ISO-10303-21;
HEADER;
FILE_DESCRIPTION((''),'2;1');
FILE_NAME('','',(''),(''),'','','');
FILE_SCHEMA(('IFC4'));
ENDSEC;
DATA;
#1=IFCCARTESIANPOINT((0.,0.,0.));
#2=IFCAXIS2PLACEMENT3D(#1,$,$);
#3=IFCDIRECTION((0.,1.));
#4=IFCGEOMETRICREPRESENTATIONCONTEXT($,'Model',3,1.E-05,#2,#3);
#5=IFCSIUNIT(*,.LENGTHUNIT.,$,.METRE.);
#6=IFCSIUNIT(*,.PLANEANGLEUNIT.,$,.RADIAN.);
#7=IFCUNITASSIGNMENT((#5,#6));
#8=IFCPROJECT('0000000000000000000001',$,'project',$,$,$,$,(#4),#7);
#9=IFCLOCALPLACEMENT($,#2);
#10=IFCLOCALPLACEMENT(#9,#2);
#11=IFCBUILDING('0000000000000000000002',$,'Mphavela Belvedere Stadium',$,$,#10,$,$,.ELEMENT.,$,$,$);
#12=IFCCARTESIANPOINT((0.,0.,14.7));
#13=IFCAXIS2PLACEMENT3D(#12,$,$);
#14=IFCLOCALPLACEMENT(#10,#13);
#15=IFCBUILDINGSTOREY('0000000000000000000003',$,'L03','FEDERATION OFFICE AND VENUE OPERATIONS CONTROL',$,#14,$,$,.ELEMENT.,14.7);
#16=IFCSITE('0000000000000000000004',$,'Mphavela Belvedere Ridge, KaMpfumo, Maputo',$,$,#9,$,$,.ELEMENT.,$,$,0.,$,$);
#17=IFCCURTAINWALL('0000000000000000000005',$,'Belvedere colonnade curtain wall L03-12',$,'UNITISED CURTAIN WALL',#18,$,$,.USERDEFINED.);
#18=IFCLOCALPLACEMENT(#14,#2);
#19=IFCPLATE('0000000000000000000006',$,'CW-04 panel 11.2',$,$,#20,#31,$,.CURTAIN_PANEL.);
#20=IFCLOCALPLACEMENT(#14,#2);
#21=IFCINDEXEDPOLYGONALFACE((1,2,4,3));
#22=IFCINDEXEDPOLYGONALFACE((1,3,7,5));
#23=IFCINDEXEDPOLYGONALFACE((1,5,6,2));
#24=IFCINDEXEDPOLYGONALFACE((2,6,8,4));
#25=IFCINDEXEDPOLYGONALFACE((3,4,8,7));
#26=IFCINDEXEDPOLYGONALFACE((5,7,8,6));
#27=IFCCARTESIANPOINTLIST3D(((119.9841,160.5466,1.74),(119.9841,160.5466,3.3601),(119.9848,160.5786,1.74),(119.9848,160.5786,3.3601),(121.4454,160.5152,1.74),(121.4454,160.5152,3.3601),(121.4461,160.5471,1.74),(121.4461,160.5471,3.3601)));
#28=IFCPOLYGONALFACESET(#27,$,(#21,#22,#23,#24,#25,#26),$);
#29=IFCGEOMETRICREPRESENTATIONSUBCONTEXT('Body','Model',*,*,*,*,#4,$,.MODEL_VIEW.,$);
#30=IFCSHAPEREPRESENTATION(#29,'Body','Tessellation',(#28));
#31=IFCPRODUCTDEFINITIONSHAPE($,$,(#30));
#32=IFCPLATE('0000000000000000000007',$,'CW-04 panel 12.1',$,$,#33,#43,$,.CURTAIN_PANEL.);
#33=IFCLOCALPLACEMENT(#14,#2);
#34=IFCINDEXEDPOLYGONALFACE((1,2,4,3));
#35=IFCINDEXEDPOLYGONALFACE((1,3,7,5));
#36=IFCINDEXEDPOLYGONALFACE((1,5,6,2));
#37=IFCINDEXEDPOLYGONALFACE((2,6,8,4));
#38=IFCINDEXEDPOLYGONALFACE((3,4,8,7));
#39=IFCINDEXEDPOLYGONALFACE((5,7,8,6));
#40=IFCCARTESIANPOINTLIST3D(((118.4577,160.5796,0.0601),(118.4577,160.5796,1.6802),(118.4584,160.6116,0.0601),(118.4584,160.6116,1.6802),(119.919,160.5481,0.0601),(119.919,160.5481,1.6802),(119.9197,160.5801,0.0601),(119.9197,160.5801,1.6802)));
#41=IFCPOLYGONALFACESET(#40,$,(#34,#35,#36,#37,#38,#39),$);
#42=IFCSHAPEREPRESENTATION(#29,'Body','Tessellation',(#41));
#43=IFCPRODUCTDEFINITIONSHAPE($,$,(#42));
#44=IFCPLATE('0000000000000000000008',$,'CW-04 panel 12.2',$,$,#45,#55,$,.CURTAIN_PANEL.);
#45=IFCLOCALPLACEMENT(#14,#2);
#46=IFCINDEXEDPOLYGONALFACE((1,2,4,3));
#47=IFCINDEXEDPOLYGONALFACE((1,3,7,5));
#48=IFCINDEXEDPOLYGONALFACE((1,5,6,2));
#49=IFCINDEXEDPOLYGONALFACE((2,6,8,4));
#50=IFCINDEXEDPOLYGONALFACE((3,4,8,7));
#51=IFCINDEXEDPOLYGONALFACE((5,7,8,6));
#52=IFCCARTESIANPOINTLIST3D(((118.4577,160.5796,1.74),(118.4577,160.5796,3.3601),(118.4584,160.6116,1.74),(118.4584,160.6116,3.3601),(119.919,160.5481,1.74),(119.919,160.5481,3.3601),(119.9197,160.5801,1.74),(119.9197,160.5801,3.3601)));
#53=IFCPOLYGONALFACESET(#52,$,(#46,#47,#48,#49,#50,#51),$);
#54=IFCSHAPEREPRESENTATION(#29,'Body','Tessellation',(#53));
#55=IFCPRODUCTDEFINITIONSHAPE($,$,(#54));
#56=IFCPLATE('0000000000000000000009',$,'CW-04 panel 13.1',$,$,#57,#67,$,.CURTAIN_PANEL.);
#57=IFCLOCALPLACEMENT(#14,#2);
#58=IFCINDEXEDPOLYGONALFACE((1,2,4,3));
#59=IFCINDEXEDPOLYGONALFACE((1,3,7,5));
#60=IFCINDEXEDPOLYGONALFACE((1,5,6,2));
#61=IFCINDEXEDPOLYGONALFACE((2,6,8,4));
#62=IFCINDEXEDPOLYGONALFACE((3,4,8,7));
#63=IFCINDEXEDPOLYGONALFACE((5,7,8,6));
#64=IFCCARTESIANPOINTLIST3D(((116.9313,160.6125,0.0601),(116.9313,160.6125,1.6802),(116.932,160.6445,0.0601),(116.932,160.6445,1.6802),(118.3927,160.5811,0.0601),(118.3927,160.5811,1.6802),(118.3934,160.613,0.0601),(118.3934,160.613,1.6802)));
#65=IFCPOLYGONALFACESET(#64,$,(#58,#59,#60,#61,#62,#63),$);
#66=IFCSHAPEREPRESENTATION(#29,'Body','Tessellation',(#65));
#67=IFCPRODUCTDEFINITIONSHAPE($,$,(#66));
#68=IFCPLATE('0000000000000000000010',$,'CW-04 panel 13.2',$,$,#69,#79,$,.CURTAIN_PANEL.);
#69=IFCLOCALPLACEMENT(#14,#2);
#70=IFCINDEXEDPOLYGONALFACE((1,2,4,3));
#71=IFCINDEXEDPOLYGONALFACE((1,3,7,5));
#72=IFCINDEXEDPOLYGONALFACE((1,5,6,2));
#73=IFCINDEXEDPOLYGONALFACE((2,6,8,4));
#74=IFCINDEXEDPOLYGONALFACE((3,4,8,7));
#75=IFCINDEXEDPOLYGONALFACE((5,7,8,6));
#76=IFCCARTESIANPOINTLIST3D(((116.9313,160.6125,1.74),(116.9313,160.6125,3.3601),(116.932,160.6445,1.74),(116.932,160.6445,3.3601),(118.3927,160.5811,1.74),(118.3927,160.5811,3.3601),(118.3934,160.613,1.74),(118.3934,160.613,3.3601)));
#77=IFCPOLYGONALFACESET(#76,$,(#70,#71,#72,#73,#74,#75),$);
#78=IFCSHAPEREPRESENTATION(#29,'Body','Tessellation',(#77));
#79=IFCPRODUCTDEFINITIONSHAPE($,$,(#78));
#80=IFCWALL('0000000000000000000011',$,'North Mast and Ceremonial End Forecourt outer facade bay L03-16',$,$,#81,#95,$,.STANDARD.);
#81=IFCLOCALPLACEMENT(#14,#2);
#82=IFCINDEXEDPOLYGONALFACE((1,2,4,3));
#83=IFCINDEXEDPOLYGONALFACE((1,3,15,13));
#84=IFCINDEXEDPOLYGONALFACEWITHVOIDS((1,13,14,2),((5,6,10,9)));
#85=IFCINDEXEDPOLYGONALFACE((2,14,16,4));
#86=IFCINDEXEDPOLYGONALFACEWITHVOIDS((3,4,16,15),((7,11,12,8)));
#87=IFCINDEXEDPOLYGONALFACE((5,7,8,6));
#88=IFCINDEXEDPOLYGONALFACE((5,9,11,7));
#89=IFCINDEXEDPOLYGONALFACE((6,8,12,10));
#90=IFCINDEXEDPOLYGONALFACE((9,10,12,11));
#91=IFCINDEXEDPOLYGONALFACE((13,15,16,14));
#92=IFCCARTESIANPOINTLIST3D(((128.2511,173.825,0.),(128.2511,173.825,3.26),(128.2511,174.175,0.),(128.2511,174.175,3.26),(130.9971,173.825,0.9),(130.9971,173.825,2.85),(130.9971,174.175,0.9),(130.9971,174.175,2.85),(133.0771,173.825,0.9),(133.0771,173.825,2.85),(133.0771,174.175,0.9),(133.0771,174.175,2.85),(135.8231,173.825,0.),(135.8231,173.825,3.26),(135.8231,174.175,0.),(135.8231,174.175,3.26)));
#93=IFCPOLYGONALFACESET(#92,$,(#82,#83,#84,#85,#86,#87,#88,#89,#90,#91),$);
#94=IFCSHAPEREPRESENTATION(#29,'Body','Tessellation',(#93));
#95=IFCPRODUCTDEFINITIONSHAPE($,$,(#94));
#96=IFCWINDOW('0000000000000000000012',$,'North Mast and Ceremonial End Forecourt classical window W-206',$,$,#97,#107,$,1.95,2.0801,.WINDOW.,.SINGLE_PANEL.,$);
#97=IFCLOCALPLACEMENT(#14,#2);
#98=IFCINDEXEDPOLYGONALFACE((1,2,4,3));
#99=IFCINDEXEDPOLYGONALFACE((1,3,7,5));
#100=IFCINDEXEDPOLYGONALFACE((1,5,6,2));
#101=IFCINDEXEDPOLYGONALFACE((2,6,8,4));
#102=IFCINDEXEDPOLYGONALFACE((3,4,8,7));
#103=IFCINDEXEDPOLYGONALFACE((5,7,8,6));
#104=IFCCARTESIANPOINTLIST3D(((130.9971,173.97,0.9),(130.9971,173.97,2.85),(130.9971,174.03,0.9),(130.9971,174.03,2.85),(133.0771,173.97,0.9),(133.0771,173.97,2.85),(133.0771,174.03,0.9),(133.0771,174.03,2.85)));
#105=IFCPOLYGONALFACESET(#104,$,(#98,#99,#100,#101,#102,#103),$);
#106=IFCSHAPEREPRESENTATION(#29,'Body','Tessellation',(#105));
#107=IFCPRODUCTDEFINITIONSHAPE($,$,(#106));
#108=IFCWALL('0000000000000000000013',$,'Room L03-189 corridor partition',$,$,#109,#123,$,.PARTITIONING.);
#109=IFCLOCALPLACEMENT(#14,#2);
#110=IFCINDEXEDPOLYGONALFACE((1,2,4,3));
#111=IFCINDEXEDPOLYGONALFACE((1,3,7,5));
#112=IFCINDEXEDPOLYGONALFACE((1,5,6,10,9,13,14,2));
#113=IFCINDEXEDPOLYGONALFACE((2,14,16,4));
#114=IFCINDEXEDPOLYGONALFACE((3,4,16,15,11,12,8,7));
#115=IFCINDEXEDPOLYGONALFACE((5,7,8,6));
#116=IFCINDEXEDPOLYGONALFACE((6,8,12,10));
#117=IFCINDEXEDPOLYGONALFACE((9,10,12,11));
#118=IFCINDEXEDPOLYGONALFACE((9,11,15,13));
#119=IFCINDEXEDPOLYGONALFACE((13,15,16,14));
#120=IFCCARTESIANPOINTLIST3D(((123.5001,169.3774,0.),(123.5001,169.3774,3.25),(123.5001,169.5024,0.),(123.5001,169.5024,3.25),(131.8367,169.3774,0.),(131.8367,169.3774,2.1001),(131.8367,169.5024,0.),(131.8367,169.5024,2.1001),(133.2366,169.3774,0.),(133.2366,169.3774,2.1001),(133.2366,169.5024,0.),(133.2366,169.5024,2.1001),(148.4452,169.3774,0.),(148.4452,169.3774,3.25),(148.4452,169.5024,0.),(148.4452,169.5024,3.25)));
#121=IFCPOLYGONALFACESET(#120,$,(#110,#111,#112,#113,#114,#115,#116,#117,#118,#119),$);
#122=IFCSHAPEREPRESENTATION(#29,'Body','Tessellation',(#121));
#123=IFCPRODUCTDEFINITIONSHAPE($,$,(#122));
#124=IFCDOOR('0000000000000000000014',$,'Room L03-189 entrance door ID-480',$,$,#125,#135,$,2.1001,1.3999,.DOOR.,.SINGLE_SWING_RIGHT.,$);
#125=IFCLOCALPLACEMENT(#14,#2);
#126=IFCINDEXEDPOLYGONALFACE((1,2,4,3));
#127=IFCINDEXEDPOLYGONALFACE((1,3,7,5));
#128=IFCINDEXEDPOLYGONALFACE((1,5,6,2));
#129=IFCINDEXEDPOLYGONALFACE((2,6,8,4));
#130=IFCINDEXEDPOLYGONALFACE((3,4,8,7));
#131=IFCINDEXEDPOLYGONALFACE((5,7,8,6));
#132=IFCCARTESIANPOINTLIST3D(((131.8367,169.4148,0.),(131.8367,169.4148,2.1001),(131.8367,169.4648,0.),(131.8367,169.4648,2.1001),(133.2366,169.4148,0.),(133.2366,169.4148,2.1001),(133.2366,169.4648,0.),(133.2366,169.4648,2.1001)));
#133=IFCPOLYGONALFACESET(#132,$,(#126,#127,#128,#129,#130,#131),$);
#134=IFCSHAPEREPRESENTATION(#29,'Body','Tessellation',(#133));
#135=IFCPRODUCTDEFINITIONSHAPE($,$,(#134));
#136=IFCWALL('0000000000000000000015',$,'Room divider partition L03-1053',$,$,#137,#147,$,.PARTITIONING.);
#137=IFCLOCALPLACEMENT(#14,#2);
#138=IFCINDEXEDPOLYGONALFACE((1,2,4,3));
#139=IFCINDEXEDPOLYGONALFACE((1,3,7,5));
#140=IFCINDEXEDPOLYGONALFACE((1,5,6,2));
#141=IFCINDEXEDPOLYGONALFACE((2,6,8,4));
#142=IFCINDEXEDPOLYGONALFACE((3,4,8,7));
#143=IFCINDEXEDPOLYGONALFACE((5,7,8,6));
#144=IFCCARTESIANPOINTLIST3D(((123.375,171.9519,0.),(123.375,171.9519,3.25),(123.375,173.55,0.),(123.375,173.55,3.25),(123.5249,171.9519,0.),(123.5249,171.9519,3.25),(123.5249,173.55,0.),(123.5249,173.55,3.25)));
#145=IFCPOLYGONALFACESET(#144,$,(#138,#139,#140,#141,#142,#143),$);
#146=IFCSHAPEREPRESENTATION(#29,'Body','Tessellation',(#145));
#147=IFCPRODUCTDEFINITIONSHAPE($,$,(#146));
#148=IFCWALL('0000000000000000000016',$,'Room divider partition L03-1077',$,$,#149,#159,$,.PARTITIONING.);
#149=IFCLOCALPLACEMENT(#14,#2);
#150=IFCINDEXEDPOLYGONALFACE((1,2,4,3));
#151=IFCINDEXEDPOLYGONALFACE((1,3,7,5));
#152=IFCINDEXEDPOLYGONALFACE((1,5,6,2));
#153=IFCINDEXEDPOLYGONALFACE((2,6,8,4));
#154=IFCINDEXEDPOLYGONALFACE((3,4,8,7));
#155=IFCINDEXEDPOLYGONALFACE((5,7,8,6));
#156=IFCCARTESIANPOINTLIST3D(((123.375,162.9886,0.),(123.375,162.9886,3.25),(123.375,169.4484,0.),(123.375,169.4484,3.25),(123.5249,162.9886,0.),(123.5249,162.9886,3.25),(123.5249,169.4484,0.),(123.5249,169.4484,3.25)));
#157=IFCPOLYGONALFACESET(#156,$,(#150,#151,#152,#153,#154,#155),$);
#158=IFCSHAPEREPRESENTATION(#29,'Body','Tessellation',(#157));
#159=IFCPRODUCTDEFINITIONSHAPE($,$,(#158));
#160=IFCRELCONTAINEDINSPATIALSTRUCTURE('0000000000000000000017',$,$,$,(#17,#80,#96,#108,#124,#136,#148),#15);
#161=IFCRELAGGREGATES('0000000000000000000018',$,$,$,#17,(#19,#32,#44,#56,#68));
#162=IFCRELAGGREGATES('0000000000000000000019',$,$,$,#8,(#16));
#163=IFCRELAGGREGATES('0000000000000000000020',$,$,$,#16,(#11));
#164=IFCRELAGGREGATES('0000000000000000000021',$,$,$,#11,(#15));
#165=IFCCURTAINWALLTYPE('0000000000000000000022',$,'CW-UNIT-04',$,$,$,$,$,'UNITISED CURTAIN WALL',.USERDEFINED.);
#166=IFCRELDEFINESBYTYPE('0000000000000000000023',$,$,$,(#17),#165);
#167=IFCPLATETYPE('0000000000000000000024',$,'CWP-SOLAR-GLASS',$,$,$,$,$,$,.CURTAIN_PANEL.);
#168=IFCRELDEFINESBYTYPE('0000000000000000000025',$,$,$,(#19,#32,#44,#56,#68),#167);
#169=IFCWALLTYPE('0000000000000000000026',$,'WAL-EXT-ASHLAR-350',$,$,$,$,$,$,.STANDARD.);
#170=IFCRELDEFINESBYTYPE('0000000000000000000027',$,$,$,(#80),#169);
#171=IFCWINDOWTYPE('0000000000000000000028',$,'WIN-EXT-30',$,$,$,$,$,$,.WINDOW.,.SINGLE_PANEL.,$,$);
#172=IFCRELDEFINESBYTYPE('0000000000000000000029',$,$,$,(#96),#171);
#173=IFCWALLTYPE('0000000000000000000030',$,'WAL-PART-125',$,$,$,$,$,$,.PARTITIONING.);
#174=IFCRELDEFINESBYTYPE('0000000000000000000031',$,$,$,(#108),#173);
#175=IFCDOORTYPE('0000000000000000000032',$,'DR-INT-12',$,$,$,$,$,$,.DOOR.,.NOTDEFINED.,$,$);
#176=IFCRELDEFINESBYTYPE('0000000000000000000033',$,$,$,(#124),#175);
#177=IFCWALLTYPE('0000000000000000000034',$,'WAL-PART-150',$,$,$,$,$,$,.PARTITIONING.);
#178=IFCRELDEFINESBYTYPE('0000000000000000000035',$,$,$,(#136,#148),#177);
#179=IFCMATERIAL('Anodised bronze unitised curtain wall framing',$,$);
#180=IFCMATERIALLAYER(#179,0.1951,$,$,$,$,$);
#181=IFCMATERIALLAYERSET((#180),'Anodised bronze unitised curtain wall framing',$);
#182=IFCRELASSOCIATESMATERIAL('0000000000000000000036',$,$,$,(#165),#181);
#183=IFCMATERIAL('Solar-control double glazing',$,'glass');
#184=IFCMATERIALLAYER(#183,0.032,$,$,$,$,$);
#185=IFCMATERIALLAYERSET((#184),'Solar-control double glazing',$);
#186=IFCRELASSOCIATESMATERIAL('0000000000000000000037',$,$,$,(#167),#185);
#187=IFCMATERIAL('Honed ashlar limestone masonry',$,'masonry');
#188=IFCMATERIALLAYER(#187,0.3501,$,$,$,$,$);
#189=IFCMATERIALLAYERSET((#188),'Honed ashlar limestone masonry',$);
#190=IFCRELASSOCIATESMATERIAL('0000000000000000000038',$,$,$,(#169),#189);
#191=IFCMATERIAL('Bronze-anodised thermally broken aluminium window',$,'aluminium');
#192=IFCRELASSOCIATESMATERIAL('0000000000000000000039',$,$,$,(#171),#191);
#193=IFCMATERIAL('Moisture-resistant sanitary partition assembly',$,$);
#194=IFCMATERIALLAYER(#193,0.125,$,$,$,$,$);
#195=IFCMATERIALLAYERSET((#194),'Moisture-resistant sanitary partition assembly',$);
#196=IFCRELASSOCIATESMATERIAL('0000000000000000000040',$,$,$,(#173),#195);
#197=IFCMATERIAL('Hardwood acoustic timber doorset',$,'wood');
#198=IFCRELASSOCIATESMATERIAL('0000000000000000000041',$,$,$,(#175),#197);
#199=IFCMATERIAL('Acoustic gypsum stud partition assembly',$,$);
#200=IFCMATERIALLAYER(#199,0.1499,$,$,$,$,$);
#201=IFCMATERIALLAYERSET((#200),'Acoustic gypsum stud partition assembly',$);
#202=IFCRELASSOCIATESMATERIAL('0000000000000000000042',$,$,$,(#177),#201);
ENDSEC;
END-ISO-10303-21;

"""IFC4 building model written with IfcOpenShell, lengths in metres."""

from ifc_helpers import new_model, si_unit, direction, frame, frame_2d, origin, origin_2d, place, context, subcontext, project, spatial, rectangle, extrude, material, layer, layer_set, type_object, element, fill, aggregate, save


model = new_model("IFC4")

# Units and contexts
model_context = context("Model", 3, precision=1e-05, world=origin(), true_north=direction((0.0, 1.0)))
body_context = subcontext(model_context, "Body", "Model", "MODEL_VIEW")
ifc_project = project(units=[si_unit("LENGTHUNIT", "METRE"), si_unit("PLANEANGLEUNIT", "RADIAN")], contexts=[model_context])

# Site, building, storey
site_placement = place(None, origin())
site = spatial("IfcSite", under=ifc_project, at=site_placement, Name="Mphavela Belvedere Ridge, KaMpfumo, Maputo", CompositionType="ELEMENT", RefElevation=0.0)
building_placement = place(site_placement, origin())
building = spatial("IfcBuilding", under=site, at=building_placement, Name="Mphavela Belvedere Stadium", CompositionType="ELEMENT")
storey_placement = place(building_placement, frame((0.0, 0.0, 14.7)))
storey = spatial("IfcBuildingStorey", under=building, at=storey_placement, Name="L03", Description="FEDERATION OFFICE AND VENUE OPERATIONS CONTROL", CompositionType="ELEMENT", Elevation=14.7)

# Curtain wall, plates
ifc_material_1 = material(Name="Anodised bronze unitised curtain wall framing")
ifc_layer_1 = layer(ifc_material_1, 0.1951)
ifc_layer_set_1 = layer_set([ifc_layer_1], Name="Anodised bronze unitised curtain wall framing")
curtain_wall_type = type_object("IfcCurtainWallType", Name="CW-UNIT-04", ElementType="UNITISED CURTAIN WALL", PredefinedType="USERDEFINED", material=ifc_layer_set_1)
curtain_wall_placement = place(storey_placement, origin())
curtain_wall = element("IfcCurtainWall", 1, at=curtain_wall_placement, inside=storey, type_object=curtain_wall_type, Name="Belvedere colonnade curtain wall L03-12", ObjectType="UNITISED CURTAIN WALL", PredefinedType="USERDEFINED")
ifc_material_2 = material(Name="Solar-control double glazing", Category="glass")
ifc_layer_2 = layer(ifc_material_2, 0.032)
ifc_layer_set_2 = layer_set([ifc_layer_2], Name="Solar-control double glazing")
plate_type = type_object("IfcPlateType", Name="CWP-SOLAR-GLASS", PredefinedType="CURTAIN_PANEL", material=ifc_layer_set_2)
plate_1_placement = place(storey_placement, frame((120.7151, 160.5469, 1.74), z_axis=(0.0, 0.0, 1.0), x_axis=(-0.999768, 0.021531, 0.0)))
plate_1 = element("IfcPlate", 2, at=plate_1_placement, type_object=plate_type, Name="CW-04 panel 11.2", PredefinedType="CURTAIN_PANEL", context=body_context, shape_type="SweptSolid", body=[
    extrude(rectangle(XDim=1.4617, YDim=0.032, at=origin_2d()), origin(), (0.0, 0.0, 1.0), 1.6201),
])
plate_2_placement = place(storey_placement, frame((119.1887, 160.5798, 0.0601), z_axis=(0.0, 0.0, 1.0), x_axis=(-0.999768, 0.021531, 0.0)))
plate_2 = element("IfcPlate", 3, at=plate_2_placement, type_object=plate_type, Name="CW-04 panel 12.1", PredefinedType="CURTAIN_PANEL", context=body_context, shape_type="SweptSolid", body=[
    extrude(rectangle(XDim=1.4617, YDim=0.032, at=origin_2d()), origin(), (0.0, 0.0, 1.0), 1.6201),
])
plate_3_placement = place(storey_placement, frame((119.1887, 160.5798, 1.74), z_axis=(0.0, 0.0, 1.0), x_axis=(-0.999768, 0.021531, 0.0)))
plate_3 = element("IfcPlate", 4, at=plate_3_placement, type_object=plate_type, Name="CW-04 panel 12.2", PredefinedType="CURTAIN_PANEL", context=body_context, shape_type="SweptSolid", body=[
    extrude(rectangle(XDim=1.4617, YDim=0.032, at=origin_2d()), origin(), (0.0, 0.0, 1.0), 1.6201),
])
plate_4_placement = place(storey_placement, frame((117.6624, 160.6128, 0.0601), z_axis=(0.0, 0.0, 1.0), x_axis=(-0.999768, 0.021531, 0.0)))
plate_4 = element("IfcPlate", 5, at=plate_4_placement, type_object=plate_type, Name="CW-04 panel 13.1", PredefinedType="CURTAIN_PANEL", context=body_context, shape_type="SweptSolid", body=[
    extrude(rectangle(XDim=1.4617, YDim=0.032, at=origin_2d()), origin(), (0.0, 0.0, 1.0), 1.6201),
])
plate_5_placement = place(storey_placement, frame((117.6624, 160.6128, 1.74), z_axis=(0.0, 0.0, 1.0), x_axis=(-0.999768, 0.021531, 0.0)))
plate_5 = element("IfcPlate", 6, at=plate_5_placement, type_object=plate_type, Name="CW-04 panel 13.2", PredefinedType="CURTAIN_PANEL", context=body_context, shape_type="SweptSolid", body=[
    extrude(rectangle(XDim=1.4617, YDim=0.032, at=origin_2d()), origin(), (0.0, 0.0, 1.0), 1.6201),
])
aggregate(curtain_wall, [plate_1, plate_2, plate_3, plate_4, plate_5])

# Wall, opening, window
ifc_material_3 = material(Name="Honed ashlar limestone masonry", Category="masonry")
ifc_layer_3 = layer(ifc_material_3, 0.3501)
ifc_layer_set_3 = layer_set([ifc_layer_3], Name="Honed ashlar limestone masonry")
wall_type_1 = type_object("IfcWallType", Name="WAL-EXT-ASHLAR-350", PredefinedType="STANDARD", material=ifc_layer_set_3)
wall_1_placement = place(storey_placement, frame((128.251, 174.0, 0.0), z_axis=(0.0, 0.0, 1.0), x_axis=(1.0, 0.0, 0.0)))
wall_1 = element("IfcWall", 7, at=wall_1_placement, inside=storey, type_object=wall_type_1, Name="North Mast and Ceremonial End Forecourt outer facade bay L03-16", PredefinedType="STANDARD", context=body_context, shape_type="SweptSolid", body=[
    extrude(rectangle(XDim=7.572, YDim=0.3501, at=frame_2d((3.7861, 0.0))), origin(), (0.0, 0.0, 1.0), 3.26),
])
opening_1_placement = place(wall_1_placement, frame((2.7461, 0.0, 0.8999)))
opening_1 = element("IfcOpeningElement", 8, at=opening_1_placement, cuts=wall_1, PredefinedType="OPENING", context=body_context, shape_type="SweptSolid", body=[
    extrude(rectangle(XDim=2.0801, YDim=1.95, at=frame_2d((1.04, 0.9751))), frame((0.0, 0.1851, 0.0), z_axis=(0.0, -1.0, 0.0), x_axis=(1.0, 0.0, 0.0)), (0.0, 0.0, 1.0), 0.3701),
])
ifc_material_4 = material(Name="Bronze-anodised thermally broken aluminium window", Category="aluminium")
window_type = type_object("IfcWindowType", Name="WIN-EXT-30", PartitioningType="SINGLE_PANEL", PredefinedType="WINDOW", material=ifc_material_4)
window_placement = place(opening_1_placement, origin())
window = element("IfcWindow", 9, at=window_placement, inside=storey, type_object=window_type, Name="North Mast and Ceremonial End Forecourt classical window W-206", OverallHeight=1.95, OverallWidth=2.0801, PartitioningType="SINGLE_PANEL", PredefinedType="WINDOW", context=body_context, shape_type="SweptSolid", body=[
    extrude(rectangle(XDim=2.0801, YDim=1.95, at=frame_2d((1.04, 0.9751))), frame((0.0, 0.03, 0.0), z_axis=(0.0, -1.0, 0.0), x_axis=(1.0, 0.0, 0.0)), (0.0, 0.0, 1.0), 0.0601),
])
fill(opening_1, window)

# Wall, opening, door
ifc_material_5 = material(Name="Moisture-resistant sanitary partition assembly")
ifc_layer_4 = layer(ifc_material_5, 0.125)
ifc_layer_set_4 = layer_set([ifc_layer_4], Name="Moisture-resistant sanitary partition assembly")
wall_type_2 = type_object("IfcWallType", Name="WAL-PART-125", PredefinedType="PARTITIONING", material=ifc_layer_set_4)
wall_2_placement = place(storey_placement, frame((123.5, 169.4399, 0.0), z_axis=(0.0, 0.0, 1.0), x_axis=(1.0, 0.0, 0.0)))
wall_2 = element("IfcWall", 10, at=wall_2_placement, inside=storey, type_object=wall_type_2, Name="Room L03-189 corridor partition", PredefinedType="PARTITIONING", context=body_context, shape_type="SweptSolid", body=[
    extrude(rectangle(XDim=24.9451, YDim=0.125, at=frame_2d((12.4727, 0.0))), origin(), (0.0, 0.0, 1.0), 3.25),
])
opening_2_placement = place(wall_2_placement, frame((8.3367, 0.0, 0.0)))
opening_2 = element("IfcOpeningElement", 11, at=opening_2_placement, cuts=wall_2, PredefinedType="OPENING", context=body_context, shape_type="SweptSolid", body=[
    extrude(rectangle(XDim=1.3999, YDim=2.1001, at=frame_2d((0.7, 1.05))), frame((0.0, 0.0725, 0.0), z_axis=(0.0, -1.0, 0.0), x_axis=(1.0, 0.0, 0.0)), (0.0, 0.0, 1.0), 0.145),
])
ifc_material_6 = material(Name="Hardwood acoustic timber doorset", Category="wood")
door_type = type_object("IfcDoorType", Name="DR-INT-12", OperationType="NOTDEFINED", PredefinedType="DOOR", material=ifc_material_6)
door_placement = place(opening_2_placement, origin())
door = element("IfcDoor", 12, at=door_placement, inside=storey, type_object=door_type, Name="Room L03-189 entrance door ID-480", OperationType="SINGLE_SWING_RIGHT", OverallHeight=2.1001, OverallWidth=1.3999, PredefinedType="DOOR", context=body_context, shape_type="SweptSolid", body=[
    extrude(rectangle(XDim=1.3999, YDim=2.1001, at=frame_2d((0.7, 1.05))), frame((0.0, 0.0249, 0.0), z_axis=(0.0, -1.0, 0.0), x_axis=(1.0, 0.0, 0.0)), (0.0, 0.0, 1.0), 0.05),
])
fill(opening_2, door)

# Walls
ifc_material_7 = material(Name="Acoustic gypsum stud partition assembly")
ifc_layer_5 = layer(ifc_material_7, 0.1499)
ifc_layer_set_5 = layer_set([ifc_layer_5], Name="Acoustic gypsum stud partition assembly")
wall_type_3 = type_object("IfcWallType", Name="WAL-PART-150", PredefinedType="PARTITIONING", material=ifc_layer_set_5)
wall_3_placement = place(storey_placement, frame((123.45, 171.9519, 0.0), z_axis=(0.0, 0.0, 1.0), x_axis=(0.0, 1.0, 0.0)))
element("IfcWall", 13, at=wall_3_placement, inside=storey, type_object=wall_type_3, Name="Room divider partition L03-1053", PredefinedType="PARTITIONING", context=body_context, shape_type="SweptSolid", body=[
    extrude(rectangle(XDim=1.5981, YDim=0.1499, at=frame_2d((0.7991, 0.0))), origin(), (0.0, 0.0, 1.0), 3.25),
])
wall_4_placement = place(storey_placement, frame((123.45, 162.9885, 0.0), z_axis=(0.0, 0.0, 1.0), x_axis=(0.0, 1.0, 0.0)))
element("IfcWall", 14, at=wall_4_placement, inside=storey, type_object=wall_type_3, Name="Room divider partition L03-1077", PredefinedType="PARTITIONING", context=body_context, shape_type="SweptSolid", body=[
    extrude(rectangle(XDim=6.4597, YDim=0.1499, at=frame_2d((3.23, 0.0))), origin(), (0.0, 0.0, 1.0), 3.25),
])

save(model, "model.ifc")
